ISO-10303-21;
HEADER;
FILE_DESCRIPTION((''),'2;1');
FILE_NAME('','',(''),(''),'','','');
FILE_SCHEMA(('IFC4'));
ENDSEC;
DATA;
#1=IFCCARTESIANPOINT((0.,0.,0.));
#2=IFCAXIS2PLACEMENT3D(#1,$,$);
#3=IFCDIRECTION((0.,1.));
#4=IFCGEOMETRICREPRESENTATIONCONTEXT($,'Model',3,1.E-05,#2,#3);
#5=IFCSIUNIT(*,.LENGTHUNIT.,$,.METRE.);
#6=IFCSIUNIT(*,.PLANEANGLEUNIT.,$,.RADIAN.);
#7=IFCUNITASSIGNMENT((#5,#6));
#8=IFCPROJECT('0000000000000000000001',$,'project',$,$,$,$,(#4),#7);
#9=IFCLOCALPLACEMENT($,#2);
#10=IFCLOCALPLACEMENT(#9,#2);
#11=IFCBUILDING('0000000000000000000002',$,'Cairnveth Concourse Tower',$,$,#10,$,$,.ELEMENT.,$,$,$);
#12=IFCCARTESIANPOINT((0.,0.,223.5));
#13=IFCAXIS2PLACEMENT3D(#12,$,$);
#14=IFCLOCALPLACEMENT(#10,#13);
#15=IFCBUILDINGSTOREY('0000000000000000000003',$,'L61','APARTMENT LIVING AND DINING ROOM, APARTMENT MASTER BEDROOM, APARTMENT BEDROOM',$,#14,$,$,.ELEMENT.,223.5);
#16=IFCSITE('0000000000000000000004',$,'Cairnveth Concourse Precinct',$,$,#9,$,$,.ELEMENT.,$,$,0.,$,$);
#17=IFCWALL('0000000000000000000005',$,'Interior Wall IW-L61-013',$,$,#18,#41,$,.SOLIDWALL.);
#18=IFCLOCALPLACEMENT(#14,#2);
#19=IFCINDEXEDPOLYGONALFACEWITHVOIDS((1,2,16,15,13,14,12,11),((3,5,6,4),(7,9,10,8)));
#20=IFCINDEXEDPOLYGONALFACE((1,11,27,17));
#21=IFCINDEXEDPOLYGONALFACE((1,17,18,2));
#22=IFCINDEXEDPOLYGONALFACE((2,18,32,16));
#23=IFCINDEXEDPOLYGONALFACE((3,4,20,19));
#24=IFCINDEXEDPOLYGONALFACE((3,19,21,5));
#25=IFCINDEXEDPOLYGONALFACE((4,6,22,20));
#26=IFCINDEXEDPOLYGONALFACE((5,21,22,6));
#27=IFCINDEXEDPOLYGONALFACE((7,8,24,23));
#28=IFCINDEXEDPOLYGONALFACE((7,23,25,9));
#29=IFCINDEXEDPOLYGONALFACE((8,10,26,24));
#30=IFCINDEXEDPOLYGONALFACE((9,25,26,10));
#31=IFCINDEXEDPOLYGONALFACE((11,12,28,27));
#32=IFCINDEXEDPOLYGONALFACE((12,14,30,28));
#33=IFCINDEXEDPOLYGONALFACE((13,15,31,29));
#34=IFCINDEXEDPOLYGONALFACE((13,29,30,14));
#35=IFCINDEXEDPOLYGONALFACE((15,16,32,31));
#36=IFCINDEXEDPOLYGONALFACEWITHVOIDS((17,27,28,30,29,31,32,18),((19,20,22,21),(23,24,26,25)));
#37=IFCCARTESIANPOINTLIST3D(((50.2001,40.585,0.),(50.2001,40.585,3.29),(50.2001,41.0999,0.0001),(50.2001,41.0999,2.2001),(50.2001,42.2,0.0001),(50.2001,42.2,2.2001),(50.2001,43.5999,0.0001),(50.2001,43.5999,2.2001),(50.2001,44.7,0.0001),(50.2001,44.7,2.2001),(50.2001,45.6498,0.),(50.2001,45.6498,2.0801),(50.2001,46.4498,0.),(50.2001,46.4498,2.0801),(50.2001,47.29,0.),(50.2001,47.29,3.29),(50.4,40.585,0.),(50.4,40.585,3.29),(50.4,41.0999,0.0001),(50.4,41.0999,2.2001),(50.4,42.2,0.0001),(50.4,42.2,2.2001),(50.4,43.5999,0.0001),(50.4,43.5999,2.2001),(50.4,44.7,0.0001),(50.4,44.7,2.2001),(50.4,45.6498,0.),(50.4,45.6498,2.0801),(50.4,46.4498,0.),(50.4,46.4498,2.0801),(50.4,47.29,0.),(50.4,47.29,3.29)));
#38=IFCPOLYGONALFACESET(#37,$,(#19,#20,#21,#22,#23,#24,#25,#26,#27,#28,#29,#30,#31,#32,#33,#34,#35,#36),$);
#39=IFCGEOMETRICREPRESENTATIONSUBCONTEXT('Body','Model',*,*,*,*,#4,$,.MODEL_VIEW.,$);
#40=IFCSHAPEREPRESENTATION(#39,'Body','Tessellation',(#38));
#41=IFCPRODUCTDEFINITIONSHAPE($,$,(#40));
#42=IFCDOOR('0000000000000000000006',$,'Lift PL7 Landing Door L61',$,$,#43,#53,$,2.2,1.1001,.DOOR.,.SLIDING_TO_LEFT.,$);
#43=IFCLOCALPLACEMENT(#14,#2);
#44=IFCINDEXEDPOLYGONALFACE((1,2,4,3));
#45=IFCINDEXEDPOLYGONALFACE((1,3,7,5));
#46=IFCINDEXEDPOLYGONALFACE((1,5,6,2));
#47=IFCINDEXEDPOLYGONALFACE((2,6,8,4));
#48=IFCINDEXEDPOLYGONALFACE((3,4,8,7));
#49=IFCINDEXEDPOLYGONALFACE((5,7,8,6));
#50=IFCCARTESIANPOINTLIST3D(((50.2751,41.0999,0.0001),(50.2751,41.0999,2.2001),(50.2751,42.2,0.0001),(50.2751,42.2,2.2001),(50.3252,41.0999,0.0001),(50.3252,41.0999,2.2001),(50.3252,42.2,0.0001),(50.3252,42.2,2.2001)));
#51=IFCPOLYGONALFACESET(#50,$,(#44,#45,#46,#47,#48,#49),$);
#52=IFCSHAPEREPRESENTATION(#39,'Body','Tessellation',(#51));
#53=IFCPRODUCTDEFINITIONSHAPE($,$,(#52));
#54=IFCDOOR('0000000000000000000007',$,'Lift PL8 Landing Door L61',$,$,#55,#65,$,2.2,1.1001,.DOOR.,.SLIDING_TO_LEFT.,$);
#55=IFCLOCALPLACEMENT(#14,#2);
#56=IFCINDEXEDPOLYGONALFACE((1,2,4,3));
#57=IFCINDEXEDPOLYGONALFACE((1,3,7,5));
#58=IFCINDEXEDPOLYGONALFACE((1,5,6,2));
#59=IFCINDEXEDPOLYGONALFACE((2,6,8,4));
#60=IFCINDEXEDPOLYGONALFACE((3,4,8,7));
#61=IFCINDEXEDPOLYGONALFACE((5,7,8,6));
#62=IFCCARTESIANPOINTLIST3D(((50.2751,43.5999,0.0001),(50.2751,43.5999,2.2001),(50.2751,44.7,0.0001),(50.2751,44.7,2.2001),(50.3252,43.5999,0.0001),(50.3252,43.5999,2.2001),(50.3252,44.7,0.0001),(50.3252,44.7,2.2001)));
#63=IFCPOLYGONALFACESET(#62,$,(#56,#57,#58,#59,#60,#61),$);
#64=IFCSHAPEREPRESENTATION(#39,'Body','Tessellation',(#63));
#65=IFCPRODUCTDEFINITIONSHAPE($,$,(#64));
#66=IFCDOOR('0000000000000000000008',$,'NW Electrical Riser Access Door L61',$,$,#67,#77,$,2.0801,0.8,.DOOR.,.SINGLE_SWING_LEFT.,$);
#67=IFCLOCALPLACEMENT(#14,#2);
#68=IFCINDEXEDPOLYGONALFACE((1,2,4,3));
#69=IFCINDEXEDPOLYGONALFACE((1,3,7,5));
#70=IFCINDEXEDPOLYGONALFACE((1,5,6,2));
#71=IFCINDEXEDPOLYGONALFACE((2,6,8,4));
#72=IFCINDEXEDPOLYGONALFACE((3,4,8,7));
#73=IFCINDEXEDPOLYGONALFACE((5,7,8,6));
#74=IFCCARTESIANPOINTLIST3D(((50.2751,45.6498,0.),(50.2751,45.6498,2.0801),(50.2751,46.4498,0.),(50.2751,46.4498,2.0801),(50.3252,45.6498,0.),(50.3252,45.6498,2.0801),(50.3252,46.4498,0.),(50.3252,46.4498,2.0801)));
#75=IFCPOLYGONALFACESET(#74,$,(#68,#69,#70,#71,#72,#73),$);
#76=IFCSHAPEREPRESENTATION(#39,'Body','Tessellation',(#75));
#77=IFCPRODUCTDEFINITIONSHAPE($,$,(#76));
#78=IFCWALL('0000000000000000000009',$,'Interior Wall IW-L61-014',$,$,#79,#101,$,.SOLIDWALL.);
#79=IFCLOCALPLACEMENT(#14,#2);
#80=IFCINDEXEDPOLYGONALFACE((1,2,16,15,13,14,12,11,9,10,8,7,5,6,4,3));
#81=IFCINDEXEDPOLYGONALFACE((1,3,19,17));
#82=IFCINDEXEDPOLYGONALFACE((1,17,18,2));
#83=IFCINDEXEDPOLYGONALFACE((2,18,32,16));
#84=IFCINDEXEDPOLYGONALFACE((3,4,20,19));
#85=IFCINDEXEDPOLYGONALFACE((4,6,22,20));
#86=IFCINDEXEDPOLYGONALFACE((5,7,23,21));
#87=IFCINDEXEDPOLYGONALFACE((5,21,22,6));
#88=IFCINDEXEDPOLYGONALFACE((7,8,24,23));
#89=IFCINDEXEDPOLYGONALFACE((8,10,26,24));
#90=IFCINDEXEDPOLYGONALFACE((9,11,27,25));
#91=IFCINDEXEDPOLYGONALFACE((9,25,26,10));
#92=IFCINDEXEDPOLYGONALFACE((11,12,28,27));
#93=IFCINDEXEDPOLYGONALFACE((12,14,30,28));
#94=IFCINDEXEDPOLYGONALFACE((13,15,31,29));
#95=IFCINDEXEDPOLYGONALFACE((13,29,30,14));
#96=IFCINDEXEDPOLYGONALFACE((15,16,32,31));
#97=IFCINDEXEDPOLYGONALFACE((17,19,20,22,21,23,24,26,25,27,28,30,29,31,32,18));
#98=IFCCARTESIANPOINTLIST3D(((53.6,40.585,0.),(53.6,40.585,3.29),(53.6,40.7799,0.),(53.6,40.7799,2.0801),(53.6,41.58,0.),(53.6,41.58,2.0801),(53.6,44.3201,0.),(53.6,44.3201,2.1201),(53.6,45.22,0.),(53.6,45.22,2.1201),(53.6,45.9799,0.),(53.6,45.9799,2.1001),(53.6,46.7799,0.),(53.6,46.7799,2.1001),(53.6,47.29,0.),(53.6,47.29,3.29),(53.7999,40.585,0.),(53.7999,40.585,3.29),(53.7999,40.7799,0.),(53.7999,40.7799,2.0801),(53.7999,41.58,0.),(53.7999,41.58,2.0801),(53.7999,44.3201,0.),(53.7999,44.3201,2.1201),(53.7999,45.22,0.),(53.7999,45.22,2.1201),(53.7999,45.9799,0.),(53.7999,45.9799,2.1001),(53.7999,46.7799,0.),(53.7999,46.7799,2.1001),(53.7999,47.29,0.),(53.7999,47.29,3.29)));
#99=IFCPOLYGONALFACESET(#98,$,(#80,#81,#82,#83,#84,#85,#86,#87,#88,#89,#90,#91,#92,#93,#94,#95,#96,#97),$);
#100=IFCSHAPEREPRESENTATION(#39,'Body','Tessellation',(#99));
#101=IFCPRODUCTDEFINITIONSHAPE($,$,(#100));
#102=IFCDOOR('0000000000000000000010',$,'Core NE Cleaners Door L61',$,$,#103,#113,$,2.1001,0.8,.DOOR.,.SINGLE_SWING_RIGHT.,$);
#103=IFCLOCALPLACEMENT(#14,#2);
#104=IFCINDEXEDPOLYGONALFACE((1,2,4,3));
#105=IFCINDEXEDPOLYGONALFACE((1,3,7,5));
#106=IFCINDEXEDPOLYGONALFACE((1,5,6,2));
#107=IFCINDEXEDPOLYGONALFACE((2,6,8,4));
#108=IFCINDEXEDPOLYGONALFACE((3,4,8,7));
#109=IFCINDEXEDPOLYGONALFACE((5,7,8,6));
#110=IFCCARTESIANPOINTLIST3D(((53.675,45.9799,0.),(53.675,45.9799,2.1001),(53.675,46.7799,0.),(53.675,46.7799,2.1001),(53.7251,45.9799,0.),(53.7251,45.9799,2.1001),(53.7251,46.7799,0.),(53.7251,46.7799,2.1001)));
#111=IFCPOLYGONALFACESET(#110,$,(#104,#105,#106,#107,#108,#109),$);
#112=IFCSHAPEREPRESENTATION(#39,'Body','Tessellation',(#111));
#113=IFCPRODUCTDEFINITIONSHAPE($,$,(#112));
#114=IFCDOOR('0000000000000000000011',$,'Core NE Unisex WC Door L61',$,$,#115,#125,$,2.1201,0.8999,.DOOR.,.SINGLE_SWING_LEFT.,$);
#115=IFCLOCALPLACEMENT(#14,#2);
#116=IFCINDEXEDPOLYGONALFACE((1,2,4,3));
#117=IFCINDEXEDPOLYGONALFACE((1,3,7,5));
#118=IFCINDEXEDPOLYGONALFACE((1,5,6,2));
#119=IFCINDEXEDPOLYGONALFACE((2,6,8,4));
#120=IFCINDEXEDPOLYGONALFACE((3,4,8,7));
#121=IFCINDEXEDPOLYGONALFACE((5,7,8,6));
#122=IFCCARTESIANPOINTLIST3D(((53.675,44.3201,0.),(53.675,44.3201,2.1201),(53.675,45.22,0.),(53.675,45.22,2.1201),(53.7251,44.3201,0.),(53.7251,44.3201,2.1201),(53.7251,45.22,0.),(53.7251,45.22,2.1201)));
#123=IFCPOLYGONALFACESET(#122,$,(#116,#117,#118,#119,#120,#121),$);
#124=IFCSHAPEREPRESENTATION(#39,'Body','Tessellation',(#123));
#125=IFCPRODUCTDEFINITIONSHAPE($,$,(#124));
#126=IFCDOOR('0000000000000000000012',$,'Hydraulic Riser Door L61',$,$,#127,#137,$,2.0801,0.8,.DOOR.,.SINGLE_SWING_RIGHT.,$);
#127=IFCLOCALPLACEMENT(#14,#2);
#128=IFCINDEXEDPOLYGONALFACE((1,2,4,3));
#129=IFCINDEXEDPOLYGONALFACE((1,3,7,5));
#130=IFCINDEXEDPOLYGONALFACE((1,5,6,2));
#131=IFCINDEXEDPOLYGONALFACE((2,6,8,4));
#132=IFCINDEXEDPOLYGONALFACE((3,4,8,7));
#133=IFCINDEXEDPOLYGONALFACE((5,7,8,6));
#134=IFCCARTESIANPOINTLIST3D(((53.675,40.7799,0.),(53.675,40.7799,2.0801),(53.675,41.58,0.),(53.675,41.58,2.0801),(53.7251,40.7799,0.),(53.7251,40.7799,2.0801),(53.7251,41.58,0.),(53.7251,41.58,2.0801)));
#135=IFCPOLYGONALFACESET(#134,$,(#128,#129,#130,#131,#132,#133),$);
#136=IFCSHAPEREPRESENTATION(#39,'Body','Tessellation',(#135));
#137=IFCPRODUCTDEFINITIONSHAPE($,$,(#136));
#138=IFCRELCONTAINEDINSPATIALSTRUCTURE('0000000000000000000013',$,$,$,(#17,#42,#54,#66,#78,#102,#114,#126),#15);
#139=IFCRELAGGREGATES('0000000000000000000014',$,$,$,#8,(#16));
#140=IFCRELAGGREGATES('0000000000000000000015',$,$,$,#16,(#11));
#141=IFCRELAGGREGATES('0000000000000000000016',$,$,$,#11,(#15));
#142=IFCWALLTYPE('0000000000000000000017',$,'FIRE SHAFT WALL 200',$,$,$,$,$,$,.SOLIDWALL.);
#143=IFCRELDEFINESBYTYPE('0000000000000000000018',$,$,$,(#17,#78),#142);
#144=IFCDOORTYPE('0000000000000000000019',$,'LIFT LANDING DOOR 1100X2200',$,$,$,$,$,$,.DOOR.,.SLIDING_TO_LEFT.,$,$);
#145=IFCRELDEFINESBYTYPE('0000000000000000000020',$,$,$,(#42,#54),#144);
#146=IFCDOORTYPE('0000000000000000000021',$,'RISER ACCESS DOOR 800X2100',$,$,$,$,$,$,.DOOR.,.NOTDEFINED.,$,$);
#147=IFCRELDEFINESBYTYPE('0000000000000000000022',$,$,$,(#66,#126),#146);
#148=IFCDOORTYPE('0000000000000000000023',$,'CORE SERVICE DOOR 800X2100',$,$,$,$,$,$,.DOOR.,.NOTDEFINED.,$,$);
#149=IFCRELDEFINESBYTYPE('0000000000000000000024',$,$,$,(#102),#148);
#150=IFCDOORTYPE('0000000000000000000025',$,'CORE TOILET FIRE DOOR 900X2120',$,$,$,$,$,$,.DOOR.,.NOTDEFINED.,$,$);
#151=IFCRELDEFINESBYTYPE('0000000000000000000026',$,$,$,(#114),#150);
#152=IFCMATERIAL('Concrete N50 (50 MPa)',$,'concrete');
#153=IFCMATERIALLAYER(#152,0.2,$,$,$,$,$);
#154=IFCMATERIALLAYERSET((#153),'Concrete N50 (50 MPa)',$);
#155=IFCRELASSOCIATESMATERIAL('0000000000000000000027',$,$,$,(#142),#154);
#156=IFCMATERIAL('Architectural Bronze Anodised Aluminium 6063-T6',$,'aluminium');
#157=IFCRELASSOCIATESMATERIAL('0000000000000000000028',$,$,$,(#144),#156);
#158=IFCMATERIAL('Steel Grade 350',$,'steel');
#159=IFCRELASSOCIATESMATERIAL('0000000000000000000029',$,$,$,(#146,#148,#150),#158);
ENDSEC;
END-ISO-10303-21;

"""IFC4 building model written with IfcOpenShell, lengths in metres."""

from ifc_helpers import new_model, si_unit, direction, frame, frame_2d, origin, place, context, subcontext, project, spatial, rectangle, extrude, material, layer, layer_set, type_object, element, fill, save


model = new_model("IFC4")

# Units and contexts
model_context = context("Model", 3, precision=1e-05, world=origin(), true_north=direction((0.0, 1.0)))
body_context = subcontext(model_context, "Body", "Model", "MODEL_VIEW")
ifc_project = project(units=[si_unit("LENGTHUNIT", "METRE"), si_unit("PLANEANGLEUNIT", "RADIAN")], contexts=[model_context])

# Site, building, storey
site_placement = place(None, origin())
site = spatial("IfcSite", under=ifc_project, at=site_placement, Name="Cairnveth Concourse Precinct", CompositionType="ELEMENT", RefElevation=0.0)
building_placement = place(site_placement, origin())
building = spatial("IfcBuilding", under=site, at=building_placement, Name="Cairnveth Concourse Tower", CompositionType="ELEMENT")
storey_placement = place(building_placement, frame((0.0, 0.0, 223.5)))
storey = spatial("IfcBuildingStorey", under=building, at=storey_placement, Name="L61", Description="APARTMENT LIVING AND DINING ROOM, APARTMENT MASTER BEDROOM, APARTMENT BEDROOM", CompositionType="ELEMENT", Elevation=223.5)

# Shared definitions
ifc_material_1 = material(Name="Steel Grade 350", Category="steel")

# Shared definitions
ifc_material_2 = material(Name="Concrete N50 (50 MPa)", Category="concrete")
ifc_layer_1 = layer(ifc_material_2, 0.2)
ifc_layer_set_1 = layer_set([ifc_layer_1], Name="Concrete N50 (50 MPa)")
wall_type_1 = type_object("IfcWallType", Name="FIRE SHAFT WALL 200", PredefinedType="SOLIDWALL", material=ifc_layer_set_1)

# Walls, openings, doors
wall_1_placement = place(storey_placement, frame((50.3, 40.585, 0.0), z_axis=(0.0, 0.0, 1.0), x_axis=(0.0, 1.0, 0.0)))
wall_1 = element("IfcWall", 1, at=wall_1_placement, inside=storey, type_object=wall_type_1, Name="Interior Wall IW-L61-013", PredefinedType="SOLIDWALL", context=body_context, shape_type="SweptSolid", body=[
    extrude(rectangle(XDim=6.7051, YDim=0.2, at=frame_2d((3.3525, 0.0))), origin(), (0.0, 0.0, 1.0), 3.29),
])
opening_1_placement = place(wall_1_placement, frame((0.5149, 0.0, 0.0)))
opening_1 = element("IfcOpeningElement", 2, at=opening_1_placement, cuts=wall_1, PredefinedType="OPENING", context=body_context, shape_type="SweptSolid", body=[
    extrude(rectangle(XDim=1.1001, YDim=2.2, at=frame_2d((0.55, 1.1001))), frame((0.0, 0.1099, 0.0), z_axis=(0.0, -1.0, 0.0), x_axis=(1.0, 0.0, 0.0)), (0.0, 0.0, 1.0), 0.22),
])
opening_2_placement = place(wall_1_placement, frame((3.0149, 0.0, 0.0)))
opening_2 = element("IfcOpeningElement", 3, at=opening_2_placement, cuts=wall_1, PredefinedType="OPENING", context=body_context, shape_type="SweptSolid", body=[
    extrude(rectangle(XDim=1.1001, YDim=2.2, at=frame_2d((0.55, 1.1001))), frame((0.0, 0.1099, 0.0), z_axis=(0.0, -1.0, 0.0), x_axis=(1.0, 0.0, 0.0)), (0.0, 0.0, 1.0), 0.22),
])
opening_3_placement = place(wall_1_placement, frame((5.0649, 0.0, 0.0)))
opening_3 = element("IfcOpeningElement", 4, at=opening_3_placement, cuts=wall_1, PredefinedType="OPENING", context=body_context, shape_type="SweptSolid", body=[
    extrude(rectangle(XDim=0.8, YDim=2.0801, at=frame_2d((0.3999, 1.04))), frame((0.0, 0.1099, 0.0), z_axis=(0.0, -1.0, 0.0), x_axis=(1.0, 0.0, 0.0)), (0.0, 0.0, 1.0), 0.22),
])
ifc_material_3 = material(Name="Architectural Bronze Anodised Aluminium 6063-T6", Category="aluminium")
door_type_1 = type_object("IfcDoorType", Name="LIFT LANDING DOOR 1100X2200", OperationType="SLIDING_TO_LEFT", PredefinedType="DOOR", material=ifc_material_3)
door_1_placement = place(opening_1_placement, origin())
door_1 = element("IfcDoor", 5, at=door_1_placement, inside=storey, type_object=door_type_1, Name="Lift PL7 Landing Door L61", OperationType="SLIDING_TO_LEFT", OverallHeight=2.2, OverallWidth=1.1001, PredefinedType="DOOR", context=body_context, shape_type="SweptSolid", body=[
    extrude(rectangle(XDim=1.1001, YDim=2.2, at=frame_2d((0.55, 1.1001))), frame((0.0, 0.0249, 0.0), z_axis=(0.0, -1.0, 0.0), x_axis=(1.0, 0.0, 0.0)), (0.0, 0.0, 1.0), 0.05),
])
fill(opening_1, door_1)
door_2_placement = place(opening_2_placement, origin())
door_2 = element("IfcDoor", 6, at=door_2_placement, inside=storey, type_object=door_type_1, Name="Lift PL8 Landing Door L61", OperationType="SLIDING_TO_LEFT", OverallHeight=2.2, OverallWidth=1.1001, PredefinedType="DOOR", context=body_context, shape_type="SweptSolid", body=[
    extrude(rectangle(XDim=1.1001, YDim=2.2, at=frame_2d((0.55, 1.1001))), frame((0.0, 0.0249, 0.0), z_axis=(0.0, -1.0, 0.0), x_axis=(1.0, 0.0, 0.0)), (0.0, 0.0, 1.0), 0.05),
])
fill(opening_2, door_2)
door_type_2 = type_object("IfcDoorType", Name="RISER ACCESS DOOR 800X2100", OperationType="NOTDEFINED", PredefinedType="DOOR", material=ifc_material_1)
door_3_placement = place(opening_3_placement, origin())
door_3 = element("IfcDoor", 7, at=door_3_placement, inside=storey, type_object=door_type_2, Name="NW Electrical Riser Access Door L61", OperationType="SINGLE_SWING_LEFT", OverallHeight=2.0801, OverallWidth=0.8, PredefinedType="DOOR", context=body_context, shape_type="SweptSolid", body=[
    extrude(rectangle(XDim=0.8, YDim=2.0801, at=frame_2d((0.3999, 1.04))), frame((0.0, 0.0249, 0.0), z_axis=(0.0, -1.0, 0.0), x_axis=(1.0, 0.0, 0.0)), (0.0, 0.0, 1.0), 0.05),
])
fill(opening_3, door_3)
wall_2_placement = place(storey_placement, frame((53.7, 40.585, 0.0), z_axis=(0.0, 0.0, 1.0), x_axis=(0.0, 1.0, 0.0)))
wall_2 = element("IfcWall", 8, at=wall_2_placement, inside=storey, type_object=wall_type_1, Name="Interior Wall IW-L61-014", PredefinedType="SOLIDWALL", context=body_context, shape_type="SweptSolid", body=[
    extrude(rectangle(XDim=6.7051, YDim=0.2, at=frame_2d((3.3525, 0.0))), origin(), (0.0, 0.0, 1.0), 3.29),
])
opening_4_placement = place(wall_2_placement, frame((0.1951, 0.0, 0.0)))
opening_4 = element("IfcOpeningElement", 9, at=opening_4_placement, cuts=wall_2, PredefinedType="OPENING", context=body_context, shape_type="SweptSolid", body=[
    extrude(rectangle(XDim=0.8, YDim=2.0801, at=frame_2d((0.3999, 1.04))), frame((0.0, 0.1099, 0.0), z_axis=(0.0, -1.0, 0.0), x_axis=(1.0, 0.0, 0.0)), (0.0, 0.0, 1.0), 0.22),
])
opening_5_placement = place(wall_2_placement, frame((3.7351, 0.0, 0.0)))
opening_5 = element("IfcOpeningElement", 10, at=opening_5_placement, cuts=wall_2, PredefinedType="OPENING", context=body_context, shape_type="SweptSolid", body=[
    extrude(rectangle(XDim=0.8999, YDim=2.1201, at=frame_2d((0.45, 1.0601))), frame((0.0, 0.1099, 0.0), z_axis=(0.0, -1.0, 0.0), x_axis=(1.0, 0.0, 0.0)), (0.0, 0.0, 1.0), 0.22),
])
opening_6_placement = place(wall_2_placement, frame((5.395, 0.0, 0.0)))
opening_6 = element("IfcOpeningElement", 11, at=opening_6_placement, cuts=wall_2, PredefinedType="OPENING", context=body_context, shape_type="SweptSolid", body=[
    extrude(rectangle(XDim=0.8, YDim=2.1001, at=frame_2d((0.3999, 1.05))), frame((0.0, 0.1099, 0.0), z_axis=(0.0, -1.0, 0.0), x_axis=(1.0, 0.0, 0.0)), (0.0, 0.0, 1.0), 0.22),
])
door_type_3 = type_object("IfcDoorType", Name="CORE SERVICE DOOR 800X2100", OperationType="NOTDEFINED", PredefinedType="DOOR", material=ifc_material_1)
door_4_placement = place(opening_6_placement, origin())
door_4 = element("IfcDoor", 12, at=door_4_placement, inside=storey, type_object=door_type_3, Name="Core NE Cleaners Door L61", OperationType="SINGLE_SWING_RIGHT", OverallHeight=2.1001, OverallWidth=0.8, PredefinedType="DOOR", context=body_context, shape_type="SweptSolid", body=[
    extrude(rectangle(XDim=0.8, YDim=2.1001, at=frame_2d((0.3999, 1.05))), frame((0.0, 0.0249, 0.0), z_axis=(0.0, -1.0, 0.0), x_axis=(1.0, 0.0, 0.0)), (0.0, 0.0, 1.0), 0.05),
])
fill(opening_6, door_4)
door_type_4 = type_object("IfcDoorType", Name="CORE TOILET FIRE DOOR 900X2120", OperationType="NOTDEFINED", PredefinedType="DOOR", material=ifc_material_1)
door_5_placement = place(opening_5_placement, origin())
door_5 = element("IfcDoor", 13, at=door_5_placement, inside=storey, type_object=door_type_4, Name="Core NE Unisex WC Door L61", OperationType="SINGLE_SWING_LEFT", OverallHeight=2.1201, OverallWidth=0.8999, PredefinedType="DOOR", context=body_context, shape_type="SweptSolid", body=[
    extrude(rectangle(XDim=0.8999, YDim=2.1201, at=frame_2d((0.45, 1.0601))), frame((0.0, 0.0249, 0.0), z_axis=(0.0, -1.0, 0.0), x_axis=(1.0, 0.0, 0.0)), (0.0, 0.0, 1.0), 0.05),
])
fill(opening_5, door_5)
door_6_placement = place(opening_4_placement, origin())
door_6 = element("IfcDoor", 14, at=door_6_placement, inside=storey, type_object=door_type_2, Name="Hydraulic Riser Door L61", OperationType="SINGLE_SWING_RIGHT", OverallHeight=2.0801, OverallWidth=0.8, PredefinedType="DOOR", context=body_context, shape_type="SweptSolid", body=[
    extrude(rectangle(XDim=0.8, YDim=2.0801, at=frame_2d((0.3999, 1.04))), frame((0.0, 0.0249, 0.0), z_axis=(0.0, -1.0, 0.0), x_axis=(1.0, 0.0, 0.0)), (0.0, 0.0, 1.0), 0.05),
])
fill(opening_4, door_6)

save(model, "model.ifc")
